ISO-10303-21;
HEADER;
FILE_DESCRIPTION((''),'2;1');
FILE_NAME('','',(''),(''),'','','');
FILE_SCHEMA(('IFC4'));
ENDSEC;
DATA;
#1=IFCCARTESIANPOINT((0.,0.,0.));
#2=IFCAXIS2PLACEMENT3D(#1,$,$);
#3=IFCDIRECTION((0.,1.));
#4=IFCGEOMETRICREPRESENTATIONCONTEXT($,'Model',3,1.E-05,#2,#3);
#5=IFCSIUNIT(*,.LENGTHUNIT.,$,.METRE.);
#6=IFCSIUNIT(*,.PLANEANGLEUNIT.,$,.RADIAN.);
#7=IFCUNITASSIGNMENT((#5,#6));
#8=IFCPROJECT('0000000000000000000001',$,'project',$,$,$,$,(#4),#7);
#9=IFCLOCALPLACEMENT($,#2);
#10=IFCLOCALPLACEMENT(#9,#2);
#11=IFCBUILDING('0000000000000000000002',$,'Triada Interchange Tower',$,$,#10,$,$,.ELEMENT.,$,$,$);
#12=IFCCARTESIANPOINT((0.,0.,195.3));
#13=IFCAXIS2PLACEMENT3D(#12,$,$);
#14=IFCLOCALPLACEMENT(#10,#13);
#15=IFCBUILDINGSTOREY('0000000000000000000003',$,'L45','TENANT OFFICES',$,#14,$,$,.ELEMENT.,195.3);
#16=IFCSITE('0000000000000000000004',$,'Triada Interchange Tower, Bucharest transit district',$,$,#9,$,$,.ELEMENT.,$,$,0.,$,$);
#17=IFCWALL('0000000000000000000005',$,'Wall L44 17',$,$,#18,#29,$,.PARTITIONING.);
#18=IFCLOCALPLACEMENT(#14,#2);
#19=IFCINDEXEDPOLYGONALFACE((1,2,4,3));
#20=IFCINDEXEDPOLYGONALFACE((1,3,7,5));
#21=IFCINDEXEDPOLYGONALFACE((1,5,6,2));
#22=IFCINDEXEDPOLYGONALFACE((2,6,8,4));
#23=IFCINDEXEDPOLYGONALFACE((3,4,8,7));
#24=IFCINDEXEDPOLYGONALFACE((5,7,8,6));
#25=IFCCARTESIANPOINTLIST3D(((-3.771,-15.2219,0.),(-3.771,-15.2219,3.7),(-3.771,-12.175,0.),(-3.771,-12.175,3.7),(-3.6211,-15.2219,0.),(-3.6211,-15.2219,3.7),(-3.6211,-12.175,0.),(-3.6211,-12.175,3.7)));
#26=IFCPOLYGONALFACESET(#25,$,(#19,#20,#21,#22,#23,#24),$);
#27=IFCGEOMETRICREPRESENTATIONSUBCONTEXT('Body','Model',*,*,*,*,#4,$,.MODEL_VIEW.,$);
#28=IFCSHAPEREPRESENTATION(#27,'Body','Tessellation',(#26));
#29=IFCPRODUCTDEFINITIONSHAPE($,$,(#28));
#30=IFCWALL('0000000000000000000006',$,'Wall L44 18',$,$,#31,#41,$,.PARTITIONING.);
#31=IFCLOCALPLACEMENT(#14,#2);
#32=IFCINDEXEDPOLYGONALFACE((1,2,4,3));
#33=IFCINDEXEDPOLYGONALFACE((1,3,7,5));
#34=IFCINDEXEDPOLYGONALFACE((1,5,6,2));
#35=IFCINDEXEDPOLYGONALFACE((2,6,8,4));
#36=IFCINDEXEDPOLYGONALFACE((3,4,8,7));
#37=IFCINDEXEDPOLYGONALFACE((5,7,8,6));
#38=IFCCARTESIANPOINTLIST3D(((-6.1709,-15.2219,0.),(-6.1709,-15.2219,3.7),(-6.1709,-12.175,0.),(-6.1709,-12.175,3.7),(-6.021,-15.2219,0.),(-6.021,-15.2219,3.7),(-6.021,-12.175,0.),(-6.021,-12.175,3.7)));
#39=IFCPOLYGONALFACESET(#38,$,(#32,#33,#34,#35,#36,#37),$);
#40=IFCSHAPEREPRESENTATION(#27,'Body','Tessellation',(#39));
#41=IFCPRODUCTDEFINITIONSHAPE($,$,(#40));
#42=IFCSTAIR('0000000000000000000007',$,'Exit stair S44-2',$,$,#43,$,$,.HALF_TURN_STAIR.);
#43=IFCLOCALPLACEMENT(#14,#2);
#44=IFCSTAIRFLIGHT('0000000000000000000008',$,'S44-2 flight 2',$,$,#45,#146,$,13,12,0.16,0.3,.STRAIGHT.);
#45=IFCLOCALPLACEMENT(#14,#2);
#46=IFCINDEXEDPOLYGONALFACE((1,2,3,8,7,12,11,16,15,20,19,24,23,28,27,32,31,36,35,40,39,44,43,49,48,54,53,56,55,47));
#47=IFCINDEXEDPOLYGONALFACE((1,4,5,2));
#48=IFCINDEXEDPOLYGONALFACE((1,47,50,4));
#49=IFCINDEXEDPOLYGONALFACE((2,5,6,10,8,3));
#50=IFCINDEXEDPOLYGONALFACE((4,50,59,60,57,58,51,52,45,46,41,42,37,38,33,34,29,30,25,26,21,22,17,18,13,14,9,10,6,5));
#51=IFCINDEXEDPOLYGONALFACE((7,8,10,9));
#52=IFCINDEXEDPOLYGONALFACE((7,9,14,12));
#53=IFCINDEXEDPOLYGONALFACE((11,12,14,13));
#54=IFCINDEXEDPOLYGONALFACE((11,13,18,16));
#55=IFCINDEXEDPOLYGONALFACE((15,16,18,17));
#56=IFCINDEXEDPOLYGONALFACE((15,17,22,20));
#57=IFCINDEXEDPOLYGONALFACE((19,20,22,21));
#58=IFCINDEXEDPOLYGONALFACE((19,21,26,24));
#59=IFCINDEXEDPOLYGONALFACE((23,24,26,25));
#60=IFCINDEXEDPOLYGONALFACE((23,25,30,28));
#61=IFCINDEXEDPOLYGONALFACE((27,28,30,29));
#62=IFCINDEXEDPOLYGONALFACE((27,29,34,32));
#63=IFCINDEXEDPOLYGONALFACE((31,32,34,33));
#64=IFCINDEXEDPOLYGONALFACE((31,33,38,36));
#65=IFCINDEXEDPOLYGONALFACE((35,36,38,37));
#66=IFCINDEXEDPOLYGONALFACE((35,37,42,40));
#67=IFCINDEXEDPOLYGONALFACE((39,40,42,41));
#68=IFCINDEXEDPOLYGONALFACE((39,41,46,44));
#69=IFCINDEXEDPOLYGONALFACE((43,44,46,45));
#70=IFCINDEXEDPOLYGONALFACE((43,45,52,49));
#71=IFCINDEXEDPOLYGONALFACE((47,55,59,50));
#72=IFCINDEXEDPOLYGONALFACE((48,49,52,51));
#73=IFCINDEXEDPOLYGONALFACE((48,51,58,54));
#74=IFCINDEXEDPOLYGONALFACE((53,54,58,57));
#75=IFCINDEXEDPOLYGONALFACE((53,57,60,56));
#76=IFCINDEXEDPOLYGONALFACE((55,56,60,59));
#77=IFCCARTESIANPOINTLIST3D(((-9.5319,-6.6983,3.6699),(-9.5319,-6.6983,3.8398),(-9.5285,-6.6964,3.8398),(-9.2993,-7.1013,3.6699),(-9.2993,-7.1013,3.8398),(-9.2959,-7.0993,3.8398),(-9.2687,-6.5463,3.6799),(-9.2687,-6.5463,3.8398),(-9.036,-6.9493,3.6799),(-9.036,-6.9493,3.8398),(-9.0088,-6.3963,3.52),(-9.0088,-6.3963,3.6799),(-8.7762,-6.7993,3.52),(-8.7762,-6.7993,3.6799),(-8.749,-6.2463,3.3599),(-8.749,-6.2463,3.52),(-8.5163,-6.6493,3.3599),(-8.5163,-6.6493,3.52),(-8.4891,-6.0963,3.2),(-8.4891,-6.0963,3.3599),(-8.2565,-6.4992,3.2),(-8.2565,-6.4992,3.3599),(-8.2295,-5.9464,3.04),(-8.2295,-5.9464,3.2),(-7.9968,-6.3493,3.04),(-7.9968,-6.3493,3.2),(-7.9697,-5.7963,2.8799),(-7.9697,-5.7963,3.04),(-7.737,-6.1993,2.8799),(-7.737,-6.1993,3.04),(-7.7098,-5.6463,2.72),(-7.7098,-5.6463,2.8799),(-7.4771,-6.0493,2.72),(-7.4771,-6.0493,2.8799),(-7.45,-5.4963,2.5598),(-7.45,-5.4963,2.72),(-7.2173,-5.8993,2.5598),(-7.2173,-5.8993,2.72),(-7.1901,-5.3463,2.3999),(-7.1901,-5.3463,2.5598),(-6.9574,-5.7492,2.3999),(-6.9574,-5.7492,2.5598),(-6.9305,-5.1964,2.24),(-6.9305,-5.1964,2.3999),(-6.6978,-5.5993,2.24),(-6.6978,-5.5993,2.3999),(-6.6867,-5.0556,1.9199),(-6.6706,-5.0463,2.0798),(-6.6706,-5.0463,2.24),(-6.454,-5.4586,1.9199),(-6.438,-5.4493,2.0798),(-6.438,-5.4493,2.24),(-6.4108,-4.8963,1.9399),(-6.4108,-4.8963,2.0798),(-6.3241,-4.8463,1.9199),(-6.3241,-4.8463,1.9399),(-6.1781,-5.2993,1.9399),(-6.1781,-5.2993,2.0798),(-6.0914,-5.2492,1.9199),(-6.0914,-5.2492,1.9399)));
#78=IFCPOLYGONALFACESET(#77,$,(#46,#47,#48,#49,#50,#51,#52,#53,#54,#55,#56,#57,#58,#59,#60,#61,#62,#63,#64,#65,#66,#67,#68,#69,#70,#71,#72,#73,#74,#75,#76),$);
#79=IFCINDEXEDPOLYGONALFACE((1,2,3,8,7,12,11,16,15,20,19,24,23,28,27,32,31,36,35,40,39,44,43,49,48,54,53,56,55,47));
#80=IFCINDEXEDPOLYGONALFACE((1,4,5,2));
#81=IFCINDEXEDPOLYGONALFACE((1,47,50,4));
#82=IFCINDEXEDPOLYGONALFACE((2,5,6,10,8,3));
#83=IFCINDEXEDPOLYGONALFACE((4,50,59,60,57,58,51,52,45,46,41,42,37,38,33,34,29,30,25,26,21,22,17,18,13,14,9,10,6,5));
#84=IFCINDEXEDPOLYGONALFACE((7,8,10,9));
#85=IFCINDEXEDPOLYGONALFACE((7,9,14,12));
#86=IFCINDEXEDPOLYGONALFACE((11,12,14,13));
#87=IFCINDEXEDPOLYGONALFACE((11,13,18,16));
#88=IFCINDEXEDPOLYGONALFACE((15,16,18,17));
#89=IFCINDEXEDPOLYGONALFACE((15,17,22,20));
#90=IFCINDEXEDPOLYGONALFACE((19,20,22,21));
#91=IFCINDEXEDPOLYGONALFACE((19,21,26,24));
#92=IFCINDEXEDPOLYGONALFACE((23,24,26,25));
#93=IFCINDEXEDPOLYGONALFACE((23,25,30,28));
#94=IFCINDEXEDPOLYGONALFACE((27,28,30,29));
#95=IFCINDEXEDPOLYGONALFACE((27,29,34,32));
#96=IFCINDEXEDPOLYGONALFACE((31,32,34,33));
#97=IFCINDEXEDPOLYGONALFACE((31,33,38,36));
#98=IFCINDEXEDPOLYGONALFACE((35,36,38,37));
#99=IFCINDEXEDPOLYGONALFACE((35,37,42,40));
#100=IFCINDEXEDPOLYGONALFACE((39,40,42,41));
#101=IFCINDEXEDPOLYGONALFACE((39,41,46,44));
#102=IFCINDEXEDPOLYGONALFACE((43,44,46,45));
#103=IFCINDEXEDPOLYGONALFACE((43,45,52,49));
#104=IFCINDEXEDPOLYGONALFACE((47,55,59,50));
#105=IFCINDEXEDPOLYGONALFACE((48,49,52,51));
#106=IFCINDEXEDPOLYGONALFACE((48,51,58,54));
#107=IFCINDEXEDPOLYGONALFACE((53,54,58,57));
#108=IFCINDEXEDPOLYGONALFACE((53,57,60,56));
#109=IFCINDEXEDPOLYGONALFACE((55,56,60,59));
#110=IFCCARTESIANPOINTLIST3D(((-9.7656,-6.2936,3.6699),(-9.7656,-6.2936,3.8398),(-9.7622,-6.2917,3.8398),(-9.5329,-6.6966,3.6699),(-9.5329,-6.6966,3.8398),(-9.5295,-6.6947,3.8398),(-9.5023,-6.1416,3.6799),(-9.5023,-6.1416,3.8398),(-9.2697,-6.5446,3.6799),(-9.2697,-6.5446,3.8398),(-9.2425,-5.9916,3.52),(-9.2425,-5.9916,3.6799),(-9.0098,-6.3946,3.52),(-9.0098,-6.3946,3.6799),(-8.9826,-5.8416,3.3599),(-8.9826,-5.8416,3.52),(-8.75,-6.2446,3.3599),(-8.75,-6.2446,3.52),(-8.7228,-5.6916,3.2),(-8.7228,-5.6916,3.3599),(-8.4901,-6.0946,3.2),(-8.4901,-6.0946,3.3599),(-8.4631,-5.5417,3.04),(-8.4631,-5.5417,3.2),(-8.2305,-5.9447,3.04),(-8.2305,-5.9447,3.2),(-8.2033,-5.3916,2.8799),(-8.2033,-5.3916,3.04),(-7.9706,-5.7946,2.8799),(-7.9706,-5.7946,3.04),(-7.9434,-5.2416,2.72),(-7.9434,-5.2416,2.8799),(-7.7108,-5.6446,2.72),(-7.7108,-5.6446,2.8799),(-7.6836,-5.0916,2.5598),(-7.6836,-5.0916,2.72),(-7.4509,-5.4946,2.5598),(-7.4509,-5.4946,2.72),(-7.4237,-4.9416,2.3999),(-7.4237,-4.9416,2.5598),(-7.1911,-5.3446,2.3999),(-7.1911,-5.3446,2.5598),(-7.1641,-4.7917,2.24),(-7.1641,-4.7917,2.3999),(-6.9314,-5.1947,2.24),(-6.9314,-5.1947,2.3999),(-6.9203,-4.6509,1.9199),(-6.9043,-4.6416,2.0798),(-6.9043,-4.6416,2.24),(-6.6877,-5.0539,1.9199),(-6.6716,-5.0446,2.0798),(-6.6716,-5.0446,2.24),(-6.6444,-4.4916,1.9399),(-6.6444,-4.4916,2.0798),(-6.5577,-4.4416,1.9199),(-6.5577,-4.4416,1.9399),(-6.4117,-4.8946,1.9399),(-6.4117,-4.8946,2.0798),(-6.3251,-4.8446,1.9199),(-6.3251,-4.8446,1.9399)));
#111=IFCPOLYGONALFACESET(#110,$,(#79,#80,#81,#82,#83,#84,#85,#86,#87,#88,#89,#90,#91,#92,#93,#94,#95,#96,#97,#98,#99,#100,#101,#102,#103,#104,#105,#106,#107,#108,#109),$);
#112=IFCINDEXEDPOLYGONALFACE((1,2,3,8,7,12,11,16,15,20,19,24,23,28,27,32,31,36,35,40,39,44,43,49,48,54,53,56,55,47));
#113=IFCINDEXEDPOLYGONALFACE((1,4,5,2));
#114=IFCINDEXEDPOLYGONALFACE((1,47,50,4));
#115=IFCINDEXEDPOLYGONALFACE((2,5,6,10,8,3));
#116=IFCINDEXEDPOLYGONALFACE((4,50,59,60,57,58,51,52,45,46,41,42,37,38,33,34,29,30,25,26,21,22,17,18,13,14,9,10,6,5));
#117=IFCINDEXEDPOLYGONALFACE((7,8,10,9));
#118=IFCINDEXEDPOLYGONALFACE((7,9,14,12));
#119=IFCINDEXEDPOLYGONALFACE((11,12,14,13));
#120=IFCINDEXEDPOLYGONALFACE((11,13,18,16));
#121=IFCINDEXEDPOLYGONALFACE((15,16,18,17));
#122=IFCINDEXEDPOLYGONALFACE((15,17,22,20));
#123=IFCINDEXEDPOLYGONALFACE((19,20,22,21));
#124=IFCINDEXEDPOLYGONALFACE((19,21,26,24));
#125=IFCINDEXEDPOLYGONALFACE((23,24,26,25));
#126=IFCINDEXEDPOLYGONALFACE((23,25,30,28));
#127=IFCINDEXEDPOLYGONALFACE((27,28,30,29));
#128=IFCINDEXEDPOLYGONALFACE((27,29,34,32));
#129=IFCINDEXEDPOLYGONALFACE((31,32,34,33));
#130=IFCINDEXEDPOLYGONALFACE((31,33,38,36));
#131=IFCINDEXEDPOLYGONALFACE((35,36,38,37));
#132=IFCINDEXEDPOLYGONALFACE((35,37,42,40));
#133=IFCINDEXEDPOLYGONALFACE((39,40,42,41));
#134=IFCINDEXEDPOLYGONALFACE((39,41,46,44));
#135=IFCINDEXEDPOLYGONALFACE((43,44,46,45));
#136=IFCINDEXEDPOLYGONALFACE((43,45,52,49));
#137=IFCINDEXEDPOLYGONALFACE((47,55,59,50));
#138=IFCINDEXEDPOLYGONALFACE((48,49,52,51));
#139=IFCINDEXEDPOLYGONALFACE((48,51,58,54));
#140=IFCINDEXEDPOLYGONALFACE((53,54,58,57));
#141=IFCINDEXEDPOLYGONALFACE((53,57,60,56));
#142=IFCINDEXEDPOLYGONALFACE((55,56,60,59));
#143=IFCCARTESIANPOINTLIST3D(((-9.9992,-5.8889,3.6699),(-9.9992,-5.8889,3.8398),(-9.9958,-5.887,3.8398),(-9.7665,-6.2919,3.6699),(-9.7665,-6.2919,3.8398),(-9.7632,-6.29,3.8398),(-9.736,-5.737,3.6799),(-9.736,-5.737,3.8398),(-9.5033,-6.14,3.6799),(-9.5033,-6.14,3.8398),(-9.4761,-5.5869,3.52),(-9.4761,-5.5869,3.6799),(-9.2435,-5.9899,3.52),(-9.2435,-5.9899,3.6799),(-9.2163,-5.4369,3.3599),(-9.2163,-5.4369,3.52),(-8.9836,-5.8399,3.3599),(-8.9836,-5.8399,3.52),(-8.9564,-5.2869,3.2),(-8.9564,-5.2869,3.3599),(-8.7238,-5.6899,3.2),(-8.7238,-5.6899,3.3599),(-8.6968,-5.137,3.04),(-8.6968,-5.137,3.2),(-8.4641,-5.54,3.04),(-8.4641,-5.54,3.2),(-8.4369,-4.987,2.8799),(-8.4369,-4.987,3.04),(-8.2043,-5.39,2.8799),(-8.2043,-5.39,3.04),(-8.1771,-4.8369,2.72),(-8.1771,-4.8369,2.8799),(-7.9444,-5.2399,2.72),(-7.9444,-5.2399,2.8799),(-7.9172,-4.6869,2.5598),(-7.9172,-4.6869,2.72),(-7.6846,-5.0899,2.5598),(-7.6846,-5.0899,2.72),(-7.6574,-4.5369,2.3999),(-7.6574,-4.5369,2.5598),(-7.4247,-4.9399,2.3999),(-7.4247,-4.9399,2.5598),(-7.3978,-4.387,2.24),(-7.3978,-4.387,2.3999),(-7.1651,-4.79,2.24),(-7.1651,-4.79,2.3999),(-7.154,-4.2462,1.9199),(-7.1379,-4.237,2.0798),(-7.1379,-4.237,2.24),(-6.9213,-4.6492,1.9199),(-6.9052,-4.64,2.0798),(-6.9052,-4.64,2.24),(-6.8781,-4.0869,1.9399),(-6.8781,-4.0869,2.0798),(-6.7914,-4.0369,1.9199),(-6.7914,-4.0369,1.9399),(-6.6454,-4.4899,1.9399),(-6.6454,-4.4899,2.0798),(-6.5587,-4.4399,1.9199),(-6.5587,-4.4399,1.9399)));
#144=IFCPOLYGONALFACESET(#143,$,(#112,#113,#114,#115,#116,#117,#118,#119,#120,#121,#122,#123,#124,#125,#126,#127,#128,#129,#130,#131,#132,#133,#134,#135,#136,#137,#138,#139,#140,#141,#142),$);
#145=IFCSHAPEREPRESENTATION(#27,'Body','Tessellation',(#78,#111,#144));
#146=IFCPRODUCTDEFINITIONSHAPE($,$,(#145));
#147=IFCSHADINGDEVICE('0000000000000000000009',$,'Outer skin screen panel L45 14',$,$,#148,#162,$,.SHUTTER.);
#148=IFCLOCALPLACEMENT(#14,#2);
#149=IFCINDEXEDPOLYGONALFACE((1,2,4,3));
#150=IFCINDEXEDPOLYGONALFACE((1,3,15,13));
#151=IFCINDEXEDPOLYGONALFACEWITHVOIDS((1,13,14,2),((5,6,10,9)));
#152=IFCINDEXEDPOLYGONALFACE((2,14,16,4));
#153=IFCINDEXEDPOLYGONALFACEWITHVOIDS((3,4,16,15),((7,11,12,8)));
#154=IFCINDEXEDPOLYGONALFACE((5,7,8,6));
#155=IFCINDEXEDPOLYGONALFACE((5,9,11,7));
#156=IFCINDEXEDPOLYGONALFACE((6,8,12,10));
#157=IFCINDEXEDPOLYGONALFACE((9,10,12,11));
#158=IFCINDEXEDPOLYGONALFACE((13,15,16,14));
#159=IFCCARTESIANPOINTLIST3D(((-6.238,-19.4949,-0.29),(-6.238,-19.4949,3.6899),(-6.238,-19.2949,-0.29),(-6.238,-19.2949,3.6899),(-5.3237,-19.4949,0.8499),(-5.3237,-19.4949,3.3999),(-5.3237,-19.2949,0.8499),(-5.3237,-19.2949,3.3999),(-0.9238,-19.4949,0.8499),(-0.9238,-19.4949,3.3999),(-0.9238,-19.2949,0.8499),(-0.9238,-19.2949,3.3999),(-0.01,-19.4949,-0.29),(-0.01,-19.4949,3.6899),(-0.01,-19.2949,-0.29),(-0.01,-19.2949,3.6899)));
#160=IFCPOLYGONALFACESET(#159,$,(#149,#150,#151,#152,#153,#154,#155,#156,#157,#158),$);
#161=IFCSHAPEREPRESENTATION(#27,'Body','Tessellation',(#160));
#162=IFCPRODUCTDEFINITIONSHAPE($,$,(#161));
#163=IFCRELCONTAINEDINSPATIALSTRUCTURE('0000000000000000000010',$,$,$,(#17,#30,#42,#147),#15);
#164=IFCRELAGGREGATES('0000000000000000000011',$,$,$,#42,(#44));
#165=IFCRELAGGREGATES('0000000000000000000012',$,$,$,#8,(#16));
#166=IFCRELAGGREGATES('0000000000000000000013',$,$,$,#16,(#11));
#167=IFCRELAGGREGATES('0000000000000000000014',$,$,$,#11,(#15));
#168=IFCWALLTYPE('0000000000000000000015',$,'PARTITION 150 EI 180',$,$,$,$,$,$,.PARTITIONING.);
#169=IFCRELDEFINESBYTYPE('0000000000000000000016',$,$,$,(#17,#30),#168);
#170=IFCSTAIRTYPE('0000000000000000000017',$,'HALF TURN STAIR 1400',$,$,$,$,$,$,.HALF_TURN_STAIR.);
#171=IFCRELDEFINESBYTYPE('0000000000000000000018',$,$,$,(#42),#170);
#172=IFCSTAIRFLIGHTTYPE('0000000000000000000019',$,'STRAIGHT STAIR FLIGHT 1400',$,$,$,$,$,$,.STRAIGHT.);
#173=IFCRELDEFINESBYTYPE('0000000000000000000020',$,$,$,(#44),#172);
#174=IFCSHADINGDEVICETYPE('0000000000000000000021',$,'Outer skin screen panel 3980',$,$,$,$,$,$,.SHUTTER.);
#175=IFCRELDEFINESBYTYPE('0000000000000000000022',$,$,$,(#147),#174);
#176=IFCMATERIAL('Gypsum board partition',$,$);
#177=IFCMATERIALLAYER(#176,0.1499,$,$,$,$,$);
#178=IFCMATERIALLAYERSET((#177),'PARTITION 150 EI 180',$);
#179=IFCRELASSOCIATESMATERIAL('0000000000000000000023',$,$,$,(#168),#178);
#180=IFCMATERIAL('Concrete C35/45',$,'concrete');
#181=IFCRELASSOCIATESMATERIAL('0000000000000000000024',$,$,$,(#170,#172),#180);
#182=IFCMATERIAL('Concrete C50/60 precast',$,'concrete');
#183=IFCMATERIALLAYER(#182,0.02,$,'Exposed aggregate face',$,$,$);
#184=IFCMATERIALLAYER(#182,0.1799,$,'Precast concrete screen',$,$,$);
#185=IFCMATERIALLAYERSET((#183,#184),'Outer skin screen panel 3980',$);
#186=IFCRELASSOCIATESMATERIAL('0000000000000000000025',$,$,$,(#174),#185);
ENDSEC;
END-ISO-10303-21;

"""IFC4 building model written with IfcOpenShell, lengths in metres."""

from ifc_helpers import new_model, si_unit, direction, frame, frame_2d, origin, place, context, subcontext, project, spatial, polyline, rectangle, outline, extrude, material, layer, layer_set, type_object, element, aggregate, save


model = new_model("IFC4")

# Units and contexts
model_context = context("Model", 3, precision=1e-05, world=origin(), true_north=direction((0.0, 1.0)))
body_context = subcontext(model_context, "Body", "Model", "MODEL_VIEW")
ifc_project = project(units=[si_unit("LENGTHUNIT", "METRE"), si_unit("PLANEANGLEUNIT", "RADIAN")], contexts=[model_context])

# Site, building, storey
site_placement = place(None, origin())
site = spatial("IfcSite", under=ifc_project, at=site_placement, Name="Triada Interchange Tower, Bucharest transit district", CompositionType="ELEMENT", RefElevation=0.0)
building_placement = place(site_placement, origin())
building = spatial("IfcBuilding", under=site, at=building_placement, Name="Triada Interchange Tower", CompositionType="ELEMENT")
storey_placement = place(building_placement, frame((0.0, 0.0, 195.3)))
storey = spatial("IfcBuildingStorey", under=building, at=storey_placement, Name="L45", Description="TENANT OFFICES", CompositionType="ELEMENT", Elevation=195.3)

# Walls
ifc_material_1 = material(Name="Gypsum board partition")
ifc_layer_1 = layer(ifc_material_1, 0.1499)
ifc_layer_set_1 = layer_set([ifc_layer_1], Name="PARTITION 150 EI 180")
wall_type_1 = type_object("IfcWallType", Name="PARTITION 150 EI 180", PredefinedType="PARTITIONING", material=ifc_layer_set_1)
for number, where, z_axis, x_axis, name in (
    (1, (-3.696, -15.2219, 0.0), (0.0, 0.0, 1.0), (0.0, 1.0, 0.0), "Wall L44 17"),
    (2, (-6.0959, -15.2219, 0.0), (0.0, 0.0, 1.0), (0.0, 1.0, 0.0), "Wall L44 18"),
):
    element("IfcWall", number, at=place(storey_placement, frame(where, z_axis=z_axis, x_axis=x_axis)), inside=storey, type_object=wall_type_1, Name=name, PredefinedType="PARTITIONING", context=body_context, shape_type="SweptSolid", body=[
        extrude(rectangle(XDim=3.0469, YDim=0.1499, at=frame_2d((1.5234, 0.0))), origin(), (0.0, 0.0, 1.0), 3.7),
    ])

# Stair, stair flight
ifc_material_2 = material(Name="Concrete C35/45", Category="concrete")
stair_type = type_object("IfcStairType", Name="HALF TURN STAIR 1400", PredefinedType="HALF_TURN_STAIR", material=ifc_material_2)
stair_placement = place(storey_placement, origin())
stair = element("IfcStair", 3, at=stair_placement, inside=storey, type_object=stair_type, Name="Exit stair S44-2", PredefinedType="HALF_TURN_STAIR")
stair_flight_type = type_object("IfcStairFlightType", Name="STRAIGHT STAIR FLIGHT 1400", PredefinedType="STRAIGHT", material=ifc_material_2)
stair_flight_placement = place(storey_placement, frame((-6.5281, -4.6931, 1.9199), z_axis=(0.0, 0.0, 1.0), x_axis=(-0.866025, -0.5, 0.0)))
stair_flight = element("IfcStairFlight", 4, at=stair_flight_placement, type_object=stair_flight_type, Name="S44-2 flight 2", NumberOfRisers=13, NumberOfTreads=12, PredefinedType="STRAIGHT", RiserHeight=0.16, TreadLength=0.3, context=body_context, shape_type="SweptSolid", body=[
    extrude(outline(polyline([(-0.1001, 0.0), (-0.1001, 0.02), (0.0, 0.02), (0.0, 0.1599), (0.3, 0.1599), (0.3, 0.3201), (0.6001, 0.3201), (0.6001, 0.48), (0.8999, 0.48), (0.8999, 0.6399), (1.2, 0.6399), (1.2, 0.8), (1.5, 0.8), (1.5, 0.96), (1.8, 0.96), (1.8, 1.1201), (2.1001, 1.1201), (2.1001, 1.28), (2.3999, 1.28), (2.3999, 1.4399), (2.7, 1.4399), (2.7, 1.6001), (3.0, 1.6001), (3.0, 1.76), (3.3, 1.76), (3.3, 1.9199), (3.6001, 1.9199), (3.604, 1.9199), (3.604, 2.0801), (3.604, 1.75), (0.3186, 0.0), (-0.1001, 0.0)])), frame((0.0, 0.7, 0.0), z_axis=(0.0, -1.0, 0.0), x_axis=(1.0, 0.0, 0.0)), (0.0, 0.0, 1.0), 0.4653),
    extrude(outline(polyline([(-0.1001, 0.0), (-0.1001, 0.02), (0.0, 0.02), (0.0, 0.1599), (0.3, 0.1599), (0.3, 0.3201), (0.6001, 0.3201), (0.6001, 0.48), (0.8999, 0.48), (0.8999, 0.6399), (1.2, 0.6399), (1.2, 0.8), (1.5, 0.8), (1.5, 0.96), (1.8, 0.96), (1.8, 1.1201), (2.1001, 1.1201), (2.1001, 1.28), (2.3999, 1.28), (2.3999, 1.4399), (2.7, 1.4399), (2.7, 1.6001), (3.0, 1.6001), (3.0, 1.76), (3.3, 1.76), (3.3, 1.9199), (3.6001, 1.9199), (3.604, 1.9199), (3.604, 2.0801), (3.604, 1.75), (0.3186, 0.0), (-0.1001, 0.0)])), frame((0.0, 0.2327, 0.0), z_axis=(0.0, -1.0, 0.0), x_axis=(1.0, 0.0, 0.0)), (0.0, 0.0, 1.0), 0.4653),
    extrude(outline(polyline([(-0.1001, 0.0), (-0.1001, 0.02), (0.0, 0.02), (0.0, 0.1599), (0.3, 0.1599), (0.3, 0.3201), (0.6001, 0.3201), (0.6001, 0.48), (0.8999, 0.48), (0.8999, 0.6399), (1.2, 0.6399), (1.2, 0.8), (1.5, 0.8), (1.5, 0.96), (1.8, 0.96), (1.8, 1.1201), (2.1001, 1.1201), (2.1001, 1.28), (2.3999, 1.28), (2.3999, 1.4399), (2.7, 1.4399), (2.7, 1.6001), (3.0, 1.6001), (3.0, 1.76), (3.3, 1.76), (3.3, 1.9199), (3.6001, 1.9199), (3.604, 1.9199), (3.604, 2.0801), (3.604, 1.75), (0.3186, 0.0), (-0.1001, 0.0)])), frame((0.0, -0.2346, 0.0), z_axis=(0.0, -1.0, 0.0), x_axis=(1.0, 0.0, 0.0)), (0.0, 0.0, 1.0), 0.4653),
])

# Shading device
ifc_material_3 = material(Name="Concrete C50/60 precast", Category="concrete")
ifc_layer_2 = layer(ifc_material_3, 0.02, Name="Exposed aggregate face")
ifc_layer_3 = layer(ifc_material_3, 0.1799, Name="Precast concrete screen")
ifc_layer_set_2 = layer_set([ifc_layer_2, ifc_layer_3], Name="Outer skin screen panel 3980")
shading_device_type = type_object("IfcShadingDeviceType", Name="Outer skin screen panel 3980", PredefinedType="SHUTTER", material=ifc_layer_set_2)
shading_device_placement = place(storey_placement, frame((-6.238, -19.2949, -0.29), z_axis=(0.0, 0.0, 1.0), x_axis=(1.0, 0.0, 0.0)))
element("IfcShadingDevice", 5, at=shading_device_placement, inside=storey, type_object=shading_device_type, Name="Outer skin screen panel L45 14", PredefinedType="SHUTTER", context=body_context, shape_type="SweptSolid", body=[
    extrude(outline(polyline([(0.0, 0.0), (6.228, 0.0), (6.228, 3.98), (0.0, 3.98), (0.0, 0.0)]), holes=[polyline([(0.9143, 1.1399), (0.9143, 3.6899), (5.3142, 3.6899), (5.3142, 1.1399), (0.9143, 1.1399)])]), frame((0.0, 0.0, 0.0), z_axis=(0.0, -1.0, 0.0), x_axis=(1.0, 0.0, 0.0)), (0.0, 0.0, 1.0), 0.2),
])

aggregate(stair, [stair_flight])

save(model, "model.ifc")
